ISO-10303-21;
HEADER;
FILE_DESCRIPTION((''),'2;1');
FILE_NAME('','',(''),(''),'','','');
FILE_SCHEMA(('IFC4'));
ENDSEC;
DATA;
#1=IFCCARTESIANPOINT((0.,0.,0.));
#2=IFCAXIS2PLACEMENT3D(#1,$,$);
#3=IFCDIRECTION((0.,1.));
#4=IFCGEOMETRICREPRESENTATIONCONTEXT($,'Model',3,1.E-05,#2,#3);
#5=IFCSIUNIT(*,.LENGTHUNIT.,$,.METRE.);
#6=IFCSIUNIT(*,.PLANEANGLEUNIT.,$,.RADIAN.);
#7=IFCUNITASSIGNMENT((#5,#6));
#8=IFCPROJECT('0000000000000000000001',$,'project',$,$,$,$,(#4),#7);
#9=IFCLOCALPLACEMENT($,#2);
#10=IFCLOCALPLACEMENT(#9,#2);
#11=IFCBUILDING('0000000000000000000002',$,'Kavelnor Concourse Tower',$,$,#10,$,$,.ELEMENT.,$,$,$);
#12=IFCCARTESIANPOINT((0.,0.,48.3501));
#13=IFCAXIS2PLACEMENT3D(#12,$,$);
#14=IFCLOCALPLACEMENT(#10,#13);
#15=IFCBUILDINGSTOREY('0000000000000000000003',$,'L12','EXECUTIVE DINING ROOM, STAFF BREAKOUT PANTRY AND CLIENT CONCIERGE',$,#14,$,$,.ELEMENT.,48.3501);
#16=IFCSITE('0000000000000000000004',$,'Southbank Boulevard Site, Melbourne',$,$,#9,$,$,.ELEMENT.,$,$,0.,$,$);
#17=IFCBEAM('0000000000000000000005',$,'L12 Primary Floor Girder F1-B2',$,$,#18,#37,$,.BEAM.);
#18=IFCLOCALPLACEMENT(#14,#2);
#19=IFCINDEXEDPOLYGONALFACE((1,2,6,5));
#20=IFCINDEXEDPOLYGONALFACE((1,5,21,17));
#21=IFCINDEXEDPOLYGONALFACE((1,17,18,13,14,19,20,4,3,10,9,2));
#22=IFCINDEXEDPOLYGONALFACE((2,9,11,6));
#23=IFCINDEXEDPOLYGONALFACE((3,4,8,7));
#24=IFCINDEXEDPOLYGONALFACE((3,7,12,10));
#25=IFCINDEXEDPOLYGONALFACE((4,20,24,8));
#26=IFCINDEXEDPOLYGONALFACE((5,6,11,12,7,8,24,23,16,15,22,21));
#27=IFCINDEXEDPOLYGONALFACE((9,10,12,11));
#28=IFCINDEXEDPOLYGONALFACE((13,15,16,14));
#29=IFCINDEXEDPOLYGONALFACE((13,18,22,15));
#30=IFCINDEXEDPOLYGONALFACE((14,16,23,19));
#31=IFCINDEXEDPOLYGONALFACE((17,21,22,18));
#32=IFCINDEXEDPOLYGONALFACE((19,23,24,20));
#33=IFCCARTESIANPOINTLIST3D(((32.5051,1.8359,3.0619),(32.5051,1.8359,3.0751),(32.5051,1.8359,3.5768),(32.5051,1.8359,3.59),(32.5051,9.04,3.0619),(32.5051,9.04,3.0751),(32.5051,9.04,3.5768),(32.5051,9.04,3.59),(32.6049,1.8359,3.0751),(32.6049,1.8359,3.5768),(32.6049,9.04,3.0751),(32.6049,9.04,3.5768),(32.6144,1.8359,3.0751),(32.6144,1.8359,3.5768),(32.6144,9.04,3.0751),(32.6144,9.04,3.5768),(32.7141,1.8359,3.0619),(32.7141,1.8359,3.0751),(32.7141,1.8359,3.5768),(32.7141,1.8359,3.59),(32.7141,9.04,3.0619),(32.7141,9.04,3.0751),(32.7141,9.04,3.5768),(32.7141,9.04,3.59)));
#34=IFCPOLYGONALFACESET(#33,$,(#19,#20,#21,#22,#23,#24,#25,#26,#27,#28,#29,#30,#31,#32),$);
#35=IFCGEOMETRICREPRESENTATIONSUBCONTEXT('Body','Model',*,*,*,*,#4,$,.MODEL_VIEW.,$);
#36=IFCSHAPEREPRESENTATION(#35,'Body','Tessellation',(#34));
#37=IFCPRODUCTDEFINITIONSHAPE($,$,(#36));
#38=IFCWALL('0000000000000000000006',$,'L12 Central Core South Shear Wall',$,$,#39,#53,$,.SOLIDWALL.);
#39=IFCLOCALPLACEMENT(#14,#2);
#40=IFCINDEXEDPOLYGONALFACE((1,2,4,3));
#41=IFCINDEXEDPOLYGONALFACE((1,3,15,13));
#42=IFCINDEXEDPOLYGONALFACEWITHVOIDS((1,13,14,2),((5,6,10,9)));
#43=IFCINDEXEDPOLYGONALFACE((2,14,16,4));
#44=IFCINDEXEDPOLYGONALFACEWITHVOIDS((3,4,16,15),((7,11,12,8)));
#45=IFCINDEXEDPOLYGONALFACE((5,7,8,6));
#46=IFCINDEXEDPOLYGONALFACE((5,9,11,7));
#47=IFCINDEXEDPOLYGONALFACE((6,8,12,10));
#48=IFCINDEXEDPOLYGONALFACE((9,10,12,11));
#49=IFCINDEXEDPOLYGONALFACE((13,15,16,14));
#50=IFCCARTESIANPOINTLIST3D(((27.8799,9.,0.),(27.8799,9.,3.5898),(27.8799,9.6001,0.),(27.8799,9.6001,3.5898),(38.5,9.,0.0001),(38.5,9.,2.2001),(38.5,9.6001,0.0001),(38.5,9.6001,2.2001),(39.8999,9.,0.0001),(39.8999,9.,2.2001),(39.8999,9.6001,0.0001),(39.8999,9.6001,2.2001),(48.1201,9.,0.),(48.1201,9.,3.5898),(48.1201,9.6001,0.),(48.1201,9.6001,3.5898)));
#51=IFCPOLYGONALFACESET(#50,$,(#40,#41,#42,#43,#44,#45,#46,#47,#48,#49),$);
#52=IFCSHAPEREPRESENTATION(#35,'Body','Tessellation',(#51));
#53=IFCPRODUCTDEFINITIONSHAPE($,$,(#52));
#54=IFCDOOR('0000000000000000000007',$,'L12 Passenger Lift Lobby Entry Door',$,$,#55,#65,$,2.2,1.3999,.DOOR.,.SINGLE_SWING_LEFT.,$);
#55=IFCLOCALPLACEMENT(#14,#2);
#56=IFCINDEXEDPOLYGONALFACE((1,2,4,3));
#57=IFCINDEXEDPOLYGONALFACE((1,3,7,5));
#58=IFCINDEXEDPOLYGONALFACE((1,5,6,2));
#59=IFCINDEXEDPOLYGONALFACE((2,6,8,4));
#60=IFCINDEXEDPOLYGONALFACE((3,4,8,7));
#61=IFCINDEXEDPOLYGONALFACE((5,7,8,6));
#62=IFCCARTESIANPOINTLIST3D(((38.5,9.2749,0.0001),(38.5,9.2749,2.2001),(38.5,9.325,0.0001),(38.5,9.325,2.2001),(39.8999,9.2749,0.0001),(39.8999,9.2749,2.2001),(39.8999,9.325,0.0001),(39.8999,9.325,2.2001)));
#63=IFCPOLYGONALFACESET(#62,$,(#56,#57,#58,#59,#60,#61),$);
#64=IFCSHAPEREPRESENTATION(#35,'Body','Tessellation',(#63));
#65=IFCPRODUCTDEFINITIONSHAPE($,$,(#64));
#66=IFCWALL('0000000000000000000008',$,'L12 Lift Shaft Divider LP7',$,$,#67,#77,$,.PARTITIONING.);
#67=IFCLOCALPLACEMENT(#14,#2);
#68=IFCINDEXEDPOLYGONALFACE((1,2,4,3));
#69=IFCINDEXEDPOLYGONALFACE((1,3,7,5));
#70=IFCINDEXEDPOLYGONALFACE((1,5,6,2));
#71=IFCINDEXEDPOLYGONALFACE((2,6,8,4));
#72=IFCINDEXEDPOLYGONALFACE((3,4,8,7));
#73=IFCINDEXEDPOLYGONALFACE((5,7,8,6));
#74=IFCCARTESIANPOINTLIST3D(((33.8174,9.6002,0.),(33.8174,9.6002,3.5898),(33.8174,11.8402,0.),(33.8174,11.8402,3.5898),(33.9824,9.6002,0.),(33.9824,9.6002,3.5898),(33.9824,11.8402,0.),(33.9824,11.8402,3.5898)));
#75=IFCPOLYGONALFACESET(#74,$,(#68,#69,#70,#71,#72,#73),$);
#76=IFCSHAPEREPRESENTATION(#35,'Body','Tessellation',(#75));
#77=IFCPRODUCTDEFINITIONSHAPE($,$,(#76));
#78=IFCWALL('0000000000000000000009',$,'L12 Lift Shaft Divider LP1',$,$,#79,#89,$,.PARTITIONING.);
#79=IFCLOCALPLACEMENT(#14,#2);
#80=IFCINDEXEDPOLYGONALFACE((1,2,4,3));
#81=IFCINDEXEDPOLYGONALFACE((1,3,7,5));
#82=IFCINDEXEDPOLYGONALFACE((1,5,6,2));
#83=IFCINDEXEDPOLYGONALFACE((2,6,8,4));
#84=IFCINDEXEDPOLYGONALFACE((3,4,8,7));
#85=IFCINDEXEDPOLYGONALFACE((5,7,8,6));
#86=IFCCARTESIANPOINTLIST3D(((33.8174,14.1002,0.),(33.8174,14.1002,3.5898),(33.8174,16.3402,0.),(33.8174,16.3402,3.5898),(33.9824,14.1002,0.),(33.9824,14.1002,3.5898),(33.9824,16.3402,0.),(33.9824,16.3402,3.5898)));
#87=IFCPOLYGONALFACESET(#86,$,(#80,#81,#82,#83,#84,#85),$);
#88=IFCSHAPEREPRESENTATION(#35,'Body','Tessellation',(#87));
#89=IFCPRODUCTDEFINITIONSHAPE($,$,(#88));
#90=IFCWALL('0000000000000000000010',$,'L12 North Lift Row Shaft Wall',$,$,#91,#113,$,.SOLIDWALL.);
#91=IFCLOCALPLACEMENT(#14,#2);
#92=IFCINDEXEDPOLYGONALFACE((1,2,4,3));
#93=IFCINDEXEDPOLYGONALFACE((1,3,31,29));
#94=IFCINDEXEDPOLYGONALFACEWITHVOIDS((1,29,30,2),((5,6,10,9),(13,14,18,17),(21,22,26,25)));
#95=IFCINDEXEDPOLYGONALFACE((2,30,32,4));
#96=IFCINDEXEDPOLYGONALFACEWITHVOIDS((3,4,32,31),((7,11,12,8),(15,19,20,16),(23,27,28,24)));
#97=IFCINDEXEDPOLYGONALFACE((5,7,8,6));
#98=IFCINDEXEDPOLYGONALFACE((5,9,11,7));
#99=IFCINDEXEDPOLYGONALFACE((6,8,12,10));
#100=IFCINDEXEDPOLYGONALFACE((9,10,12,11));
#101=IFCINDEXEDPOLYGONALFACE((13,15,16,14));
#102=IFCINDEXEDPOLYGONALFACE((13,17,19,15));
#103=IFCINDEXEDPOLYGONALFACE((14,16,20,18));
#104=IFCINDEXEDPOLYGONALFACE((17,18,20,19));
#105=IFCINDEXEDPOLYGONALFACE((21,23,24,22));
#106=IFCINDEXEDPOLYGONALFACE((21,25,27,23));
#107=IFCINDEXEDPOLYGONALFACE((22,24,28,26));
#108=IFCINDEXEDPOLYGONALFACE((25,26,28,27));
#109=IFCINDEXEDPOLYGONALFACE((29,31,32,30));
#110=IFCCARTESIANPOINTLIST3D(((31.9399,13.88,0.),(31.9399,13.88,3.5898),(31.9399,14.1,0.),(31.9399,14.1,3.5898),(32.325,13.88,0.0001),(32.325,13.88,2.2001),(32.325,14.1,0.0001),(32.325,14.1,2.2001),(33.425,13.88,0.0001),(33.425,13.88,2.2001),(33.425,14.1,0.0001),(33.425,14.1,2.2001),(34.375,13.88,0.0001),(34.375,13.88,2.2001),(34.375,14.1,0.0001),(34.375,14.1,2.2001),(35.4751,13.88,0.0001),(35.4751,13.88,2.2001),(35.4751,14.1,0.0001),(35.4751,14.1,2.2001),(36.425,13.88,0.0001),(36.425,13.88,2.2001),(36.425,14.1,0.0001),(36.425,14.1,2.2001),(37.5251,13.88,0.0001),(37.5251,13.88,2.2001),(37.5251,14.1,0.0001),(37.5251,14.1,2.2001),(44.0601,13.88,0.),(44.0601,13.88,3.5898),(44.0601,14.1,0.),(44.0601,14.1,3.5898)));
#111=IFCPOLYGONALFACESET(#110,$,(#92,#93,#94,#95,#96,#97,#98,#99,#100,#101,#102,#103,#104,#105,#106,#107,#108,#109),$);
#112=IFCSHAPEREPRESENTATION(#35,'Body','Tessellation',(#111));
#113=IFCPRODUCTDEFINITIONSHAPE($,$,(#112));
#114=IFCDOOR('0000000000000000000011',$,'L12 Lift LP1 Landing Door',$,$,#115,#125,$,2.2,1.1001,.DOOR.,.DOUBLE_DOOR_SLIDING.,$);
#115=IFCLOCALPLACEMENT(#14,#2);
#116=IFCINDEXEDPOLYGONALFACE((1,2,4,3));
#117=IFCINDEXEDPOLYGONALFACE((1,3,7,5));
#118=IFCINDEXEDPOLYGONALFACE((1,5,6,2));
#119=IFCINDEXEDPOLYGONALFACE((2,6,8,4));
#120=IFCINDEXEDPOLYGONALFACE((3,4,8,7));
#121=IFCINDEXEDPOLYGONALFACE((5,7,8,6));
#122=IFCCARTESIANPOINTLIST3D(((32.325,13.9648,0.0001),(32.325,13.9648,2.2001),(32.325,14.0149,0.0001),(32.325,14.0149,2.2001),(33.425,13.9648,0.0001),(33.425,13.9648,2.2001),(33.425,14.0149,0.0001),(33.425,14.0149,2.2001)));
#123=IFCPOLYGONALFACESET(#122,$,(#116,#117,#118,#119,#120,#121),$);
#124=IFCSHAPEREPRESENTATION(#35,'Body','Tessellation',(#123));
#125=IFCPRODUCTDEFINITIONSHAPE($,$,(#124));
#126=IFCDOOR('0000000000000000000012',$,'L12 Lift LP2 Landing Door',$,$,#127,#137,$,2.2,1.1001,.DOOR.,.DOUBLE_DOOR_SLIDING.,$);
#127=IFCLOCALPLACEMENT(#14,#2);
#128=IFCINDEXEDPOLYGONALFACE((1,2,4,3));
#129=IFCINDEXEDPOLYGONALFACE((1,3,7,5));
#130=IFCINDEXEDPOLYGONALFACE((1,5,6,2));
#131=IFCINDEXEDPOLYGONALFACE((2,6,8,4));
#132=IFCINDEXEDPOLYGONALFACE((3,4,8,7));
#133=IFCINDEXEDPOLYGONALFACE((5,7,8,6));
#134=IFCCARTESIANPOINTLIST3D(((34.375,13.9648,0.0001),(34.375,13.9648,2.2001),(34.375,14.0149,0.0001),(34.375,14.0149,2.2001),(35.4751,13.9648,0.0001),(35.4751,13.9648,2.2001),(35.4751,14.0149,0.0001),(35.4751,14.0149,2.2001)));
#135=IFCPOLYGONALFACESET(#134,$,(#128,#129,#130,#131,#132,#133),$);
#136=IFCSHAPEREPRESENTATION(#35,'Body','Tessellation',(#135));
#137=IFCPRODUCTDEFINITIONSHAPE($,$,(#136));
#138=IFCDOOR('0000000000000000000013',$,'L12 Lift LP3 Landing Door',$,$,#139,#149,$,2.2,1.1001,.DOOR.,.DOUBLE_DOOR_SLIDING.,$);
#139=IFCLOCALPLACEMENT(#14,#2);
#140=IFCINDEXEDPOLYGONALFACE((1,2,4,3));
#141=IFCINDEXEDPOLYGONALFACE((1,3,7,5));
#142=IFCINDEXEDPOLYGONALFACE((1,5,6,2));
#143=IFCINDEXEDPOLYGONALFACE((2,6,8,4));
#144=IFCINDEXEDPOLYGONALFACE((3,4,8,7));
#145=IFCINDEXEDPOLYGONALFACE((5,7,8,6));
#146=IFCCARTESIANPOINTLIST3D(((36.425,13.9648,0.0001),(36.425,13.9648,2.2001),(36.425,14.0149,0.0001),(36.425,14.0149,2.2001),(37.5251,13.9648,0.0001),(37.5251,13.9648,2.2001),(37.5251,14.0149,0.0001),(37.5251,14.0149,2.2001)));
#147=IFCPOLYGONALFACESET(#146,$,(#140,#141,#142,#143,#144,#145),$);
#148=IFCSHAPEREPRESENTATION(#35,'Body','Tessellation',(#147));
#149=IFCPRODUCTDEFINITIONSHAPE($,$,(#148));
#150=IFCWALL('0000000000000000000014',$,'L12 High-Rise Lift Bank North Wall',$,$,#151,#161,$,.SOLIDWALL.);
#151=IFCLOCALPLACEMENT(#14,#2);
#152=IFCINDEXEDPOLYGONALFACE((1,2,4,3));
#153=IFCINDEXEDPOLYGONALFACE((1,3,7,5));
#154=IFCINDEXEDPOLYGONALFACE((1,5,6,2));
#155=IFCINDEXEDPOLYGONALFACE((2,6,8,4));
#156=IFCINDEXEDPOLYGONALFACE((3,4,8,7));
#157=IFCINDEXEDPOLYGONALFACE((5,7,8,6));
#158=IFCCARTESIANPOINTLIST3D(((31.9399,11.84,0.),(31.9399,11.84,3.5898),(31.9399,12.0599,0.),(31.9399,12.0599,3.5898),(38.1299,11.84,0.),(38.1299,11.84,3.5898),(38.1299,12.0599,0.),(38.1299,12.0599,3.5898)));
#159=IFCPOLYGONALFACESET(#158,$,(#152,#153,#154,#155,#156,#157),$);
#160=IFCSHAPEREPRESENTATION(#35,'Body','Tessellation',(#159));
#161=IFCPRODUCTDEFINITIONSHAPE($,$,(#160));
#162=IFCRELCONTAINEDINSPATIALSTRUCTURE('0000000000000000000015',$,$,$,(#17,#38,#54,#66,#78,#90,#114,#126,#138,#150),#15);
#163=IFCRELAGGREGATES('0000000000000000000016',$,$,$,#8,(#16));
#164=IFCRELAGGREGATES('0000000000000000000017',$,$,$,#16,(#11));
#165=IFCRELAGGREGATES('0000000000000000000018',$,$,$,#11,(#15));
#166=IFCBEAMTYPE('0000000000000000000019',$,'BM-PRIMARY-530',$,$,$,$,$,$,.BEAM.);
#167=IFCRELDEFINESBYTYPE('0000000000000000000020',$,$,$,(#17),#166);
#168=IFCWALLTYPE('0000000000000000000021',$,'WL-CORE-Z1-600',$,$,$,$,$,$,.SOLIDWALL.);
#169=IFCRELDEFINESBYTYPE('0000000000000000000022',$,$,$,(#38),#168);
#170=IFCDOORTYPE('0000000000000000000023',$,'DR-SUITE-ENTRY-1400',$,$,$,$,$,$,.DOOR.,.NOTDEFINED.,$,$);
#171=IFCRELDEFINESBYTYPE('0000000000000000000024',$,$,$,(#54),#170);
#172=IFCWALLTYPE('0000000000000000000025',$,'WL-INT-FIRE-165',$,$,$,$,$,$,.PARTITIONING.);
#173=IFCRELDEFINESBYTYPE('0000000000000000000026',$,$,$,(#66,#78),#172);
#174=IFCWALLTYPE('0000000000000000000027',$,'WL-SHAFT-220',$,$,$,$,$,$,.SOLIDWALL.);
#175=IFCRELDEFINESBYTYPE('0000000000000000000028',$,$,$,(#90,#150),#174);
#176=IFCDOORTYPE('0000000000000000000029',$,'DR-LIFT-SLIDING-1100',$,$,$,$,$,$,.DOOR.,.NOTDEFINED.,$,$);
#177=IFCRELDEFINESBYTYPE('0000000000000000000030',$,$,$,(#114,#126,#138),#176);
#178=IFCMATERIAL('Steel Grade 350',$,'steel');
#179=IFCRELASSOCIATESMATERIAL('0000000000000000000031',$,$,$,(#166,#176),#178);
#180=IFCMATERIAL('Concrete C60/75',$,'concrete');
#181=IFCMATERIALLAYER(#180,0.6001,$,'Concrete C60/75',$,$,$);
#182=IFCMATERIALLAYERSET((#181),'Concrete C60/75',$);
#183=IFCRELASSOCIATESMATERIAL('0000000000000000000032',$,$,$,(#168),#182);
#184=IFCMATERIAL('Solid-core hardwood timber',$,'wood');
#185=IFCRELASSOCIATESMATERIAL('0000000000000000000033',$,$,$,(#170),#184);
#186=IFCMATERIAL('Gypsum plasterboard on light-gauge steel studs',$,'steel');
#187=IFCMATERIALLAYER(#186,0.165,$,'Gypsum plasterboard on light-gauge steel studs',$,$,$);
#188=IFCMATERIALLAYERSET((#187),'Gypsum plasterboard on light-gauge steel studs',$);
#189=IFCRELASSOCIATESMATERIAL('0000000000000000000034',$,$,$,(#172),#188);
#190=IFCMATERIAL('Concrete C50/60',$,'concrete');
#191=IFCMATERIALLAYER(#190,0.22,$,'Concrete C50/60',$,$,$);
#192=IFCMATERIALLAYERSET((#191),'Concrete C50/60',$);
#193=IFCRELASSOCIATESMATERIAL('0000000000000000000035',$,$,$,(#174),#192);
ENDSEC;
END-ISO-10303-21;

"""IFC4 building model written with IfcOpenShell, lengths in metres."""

from ifc_helpers import new_model, si_unit, direction, frame, frame_2d, origin, origin_2d, place, context, subcontext, project, spatial, rectangle, i_section, extrude, material, layer, layer_set, material_profile, profile_set, type_object, element, fill, save


model = new_model("IFC4")

# Units and contexts
model_context = context("Model", 3, precision=1e-05, world=origin(), true_north=direction((0.0, 1.0)))
body_context = subcontext(model_context, "Body", "Model", "MODEL_VIEW")
ifc_project = project(units=[si_unit("LENGTHUNIT", "METRE"), si_unit("PLANEANGLEUNIT", "RADIAN")], contexts=[model_context])

# Site, building, storey
site_placement = place(None, origin())
site = spatial("IfcSite", under=ifc_project, at=site_placement, Name="Southbank Boulevard Site, Melbourne", CompositionType="ELEMENT", RefElevation=0.0)
building_placement = place(site_placement, origin())
building = spatial("IfcBuilding", under=site, at=building_placement, Name="Kavelnor Concourse Tower", CompositionType="ELEMENT")
storey_placement = place(building_placement, frame((0.0, 0.0, 48.3501)))
storey = spatial("IfcBuildingStorey", under=building, at=storey_placement, Name="L12", Description="EXECUTIVE DINING ROOM, STAFF BREAKOUT PANTRY AND CLIENT CONCIERGE", CompositionType="ELEMENT", Elevation=48.3501)

# Beam
ifc_material_1 = material(Name="Steel Grade 350", Category="steel")
ifc_material_profile = material_profile(ifc_material_1, i_section(OverallWidth=0.209, OverallDepth=0.5281, WebThickness=0.0095, FlangeThickness=0.0132, at=origin_2d()), Name="530UB82")
ifc_profile_set = profile_set([ifc_material_profile], Name="Steel Grade 350")
beam_type = type_object("IfcBeamType", Name="BM-PRIMARY-530", PredefinedType="BEAM", material=ifc_profile_set)
beam_placement = place(storey_placement, frame((32.6096, 9.04, 3.3259), z_axis=(0.0, -1.0, 0.0), x_axis=(1.0, 0.0, 0.0)))
element("IfcBeam", 1, at=beam_placement, inside=storey, type_object=beam_type, Name="L12 Primary Floor Girder F1-B2", PredefinedType="BEAM", context=body_context, shape_type="SweptSolid", body=[
    extrude(i_section(OverallWidth=0.209, OverallDepth=0.5281, WebThickness=0.0095, FlangeThickness=0.0132, at=origin_2d()), origin(), (0.0, 0.0, 1.0), 7.2041),
])

# Wall, opening, door
ifc_material_2 = material(Name="Concrete C60/75", Category="concrete")
ifc_layer_1 = layer(ifc_material_2, 0.6001, Name="Concrete C60/75")
ifc_layer_set_1 = layer_set([ifc_layer_1], Name="Concrete C60/75")
wall_type_1 = type_object("IfcWallType", Name="WL-CORE-Z1-600", PredefinedType="SOLIDWALL", material=ifc_layer_set_1)
wall_1_placement = place(storey_placement, frame((27.8799, 9.3, 0.0), z_axis=(0.0, 0.0, 1.0), x_axis=(1.0, 0.0, 0.0)))
wall_1 = element("IfcWall", 2, at=wall_1_placement, inside=storey, type_object=wall_type_1, Name="L12 Central Core South Shear Wall", PredefinedType="SOLIDWALL", context=body_context, shape_type="SweptSolid", body=[
    extrude(rectangle(XDim=20.2402, YDim=0.6001, at=frame_2d((10.1201, 0.0))), origin(), (0.0, 0.0, 1.0), 3.5898),
])
opening_1_placement = place(wall_1_placement, frame((10.6201, 0.0, 0.0)))
opening_1 = element("IfcOpeningElement", 3, at=opening_1_placement, cuts=wall_1, PredefinedType="OPENING", context=body_context, shape_type="SweptSolid", body=[
    extrude(rectangle(XDim=1.3999, YDim=2.2, at=frame_2d((0.7, 1.1001))), frame((0.0, 0.3101, 0.0), z_axis=(0.0, -1.0, 0.0), x_axis=(1.0, 0.0, 0.0)), (0.0, 0.0, 1.0), 0.6201),
])
ifc_material_3 = material(Name="Solid-core hardwood timber", Category="wood")
door_type_1 = type_object("IfcDoorType", Name="DR-SUITE-ENTRY-1400", OperationType="NOTDEFINED", PredefinedType="DOOR", material=ifc_material_3)
door_1_placement = place(opening_1_placement, origin())
door_1 = element("IfcDoor", 4, at=door_1_placement, inside=storey, type_object=door_type_1, Name="L12 Passenger Lift Lobby Entry Door", OperationType="SINGLE_SWING_LEFT", OverallHeight=2.2, OverallWidth=1.3999, PredefinedType="DOOR", context=body_context, shape_type="SweptSolid", body=[
    extrude(rectangle(XDim=1.3999, YDim=2.2, at=frame_2d((0.7, 1.1001))), frame((0.0, 0.0249, 0.0), z_axis=(0.0, -1.0, 0.0), x_axis=(1.0, 0.0, 0.0)), (0.0, 0.0, 1.0), 0.05),
])
fill(opening_1, door_1)

# Walls
ifc_material_4 = material(Name="Gypsum plasterboard on light-gauge steel studs", Category="steel")
ifc_layer_2 = layer(ifc_material_4, 0.165, Name="Gypsum plasterboard on light-gauge steel studs")
ifc_layer_set_2 = layer_set([ifc_layer_2], Name="Gypsum plasterboard on light-gauge steel studs")
wall_type_2 = type_object("IfcWallType", Name="WL-INT-FIRE-165", PredefinedType="PARTITIONING", material=ifc_layer_set_2)
for number, where, z_axis, x_axis, name in (
    (5, (33.8999, 9.6001, 0.0), (0.0, 0.0, 1.0), (0.0, 1.0, 0.0), "L12 Lift Shaft Divider LP7"),
    (6, (33.8999, 14.1001, 0.0), (0.0, 0.0, 1.0), (0.0, 1.0, 0.0), "L12 Lift Shaft Divider LP1"),
):
    element("IfcWall", number, at=place(storey_placement, frame(where, z_axis=z_axis, x_axis=x_axis)), inside=storey, type_object=wall_type_2, Name=name, PredefinedType="PARTITIONING", context=body_context, shape_type="SweptSolid", body=[
        extrude(rectangle(XDim=2.24, YDim=0.165, at=frame_2d((1.1201, 0.0))), origin(), (0.0, 0.0, 1.0), 3.5898),
    ])

# Wall, openings, doors
ifc_material_5 = material(Name="Concrete C50/60", Category="concrete")
ifc_layer_3 = layer(ifc_material_5, 0.22, Name="Concrete C50/60")
ifc_layer_set_3 = layer_set([ifc_layer_3], Name="Concrete C50/60")
wall_type_3 = type_object("IfcWallType", Name="WL-SHAFT-220", PredefinedType="SOLIDWALL", material=ifc_layer_set_3)
wall_2_placement = place(storey_placement, frame((31.9399, 13.99, 0.0), z_axis=(0.0, 0.0, 1.0), x_axis=(1.0, 0.0, 0.0)))
wall_2 = element("IfcWall", 7, at=wall_2_placement, inside=storey, type_object=wall_type_3, Name="L12 North Lift Row Shaft Wall", PredefinedType="SOLIDWALL", context=body_context, shape_type="SweptSolid", body=[
    extrude(rectangle(XDim=12.1201, YDim=0.22, at=frame_2d((6.0601, 0.0))), origin(), (0.0, 0.0, 1.0), 3.5898),
])
opening_2_placement = place(wall_2_placement, frame((0.385, 0.0, 0.0)))
opening_2 = element("IfcOpeningElement", 8, at=opening_2_placement, cuts=wall_2, PredefinedType="OPENING", context=body_context, shape_type="SweptSolid", body=[
    extrude(rectangle(XDim=1.1001, YDim=2.2, at=frame_2d((0.55, 1.1001))), frame((0.0, 0.1201, 0.0), z_axis=(0.0, -1.0, 0.0), x_axis=(1.0, 0.0, 0.0)), (0.0, 0.0, 1.0), 0.24),
])
opening_3_placement = place(wall_2_placement, frame((2.4351, 0.0, 0.0)))
opening_3 = element("IfcOpeningElement", 9, at=opening_3_placement, cuts=wall_2, PredefinedType="OPENING", context=body_context, shape_type="SweptSolid", body=[
    extrude(rectangle(XDim=1.1001, YDim=2.2, at=frame_2d((0.55, 1.1001))), frame((0.0, 0.1201, 0.0), z_axis=(0.0, -1.0, 0.0), x_axis=(1.0, 0.0, 0.0)), (0.0, 0.0, 1.0), 0.24),
])
opening_4_placement = place(wall_2_placement, frame((4.4851, 0.0, 0.0)))
opening_4 = element("IfcOpeningElement", 10, at=opening_4_placement, cuts=wall_2, PredefinedType="OPENING", context=body_context, shape_type="SweptSolid", body=[
    extrude(rectangle(XDim=1.1001, YDim=2.2, at=frame_2d((0.55, 1.1001))), frame((0.0, 0.1201, 0.0), z_axis=(0.0, -1.0, 0.0), x_axis=(1.0, 0.0, 0.0)), (0.0, 0.0, 1.0), 0.24),
])
door_type_2 = type_object("IfcDoorType", Name="DR-LIFT-SLIDING-1100", OperationType="NOTDEFINED", PredefinedType="DOOR", material=ifc_material_1)
door_2_placement = place(opening_2_placement, origin())
door_2 = element("IfcDoor", 11, at=door_2_placement, inside=storey, type_object=door_type_2, Name="L12 Lift LP1 Landing Door", OperationType="DOUBLE_DOOR_SLIDING", OverallHeight=2.2, OverallWidth=1.1001, PredefinedType="DOOR", context=body_context, shape_type="SweptSolid", body=[
    extrude(rectangle(XDim=1.1001, YDim=2.2, at=frame_2d((0.55, 1.1001))), frame((0.0, 0.0249, 0.0), z_axis=(0.0, -1.0, 0.0), x_axis=(1.0, 0.0, 0.0)), (0.0, 0.0, 1.0), 0.05),
])
fill(opening_2, door_2)
door_3_placement = place(opening_3_placement, origin())
door_3 = element("IfcDoor", 12, at=door_3_placement, inside=storey, type_object=door_type_2, Name="L12 Lift LP2 Landing Door", OperationType="DOUBLE_DOOR_SLIDING", OverallHeight=2.2, OverallWidth=1.1001, PredefinedType="DOOR", context=body_context, shape_type="SweptSolid", body=[
    extrude(rectangle(XDim=1.1001, YDim=2.2, at=frame_2d((0.55, 1.1001))), frame((0.0, 0.0249, 0.0), z_axis=(0.0, -1.0, 0.0), x_axis=(1.0, 0.0, 0.0)), (0.0, 0.0, 1.0), 0.05),
])
fill(opening_3, door_3)
door_4_placement = place(opening_4_placement, origin())
door_4 = element("IfcDoor", 13, at=door_4_placement, inside=storey, type_object=door_type_2, Name="L12 Lift LP3 Landing Door", OperationType="DOUBLE_DOOR_SLIDING", OverallHeight=2.2, OverallWidth=1.1001, PredefinedType="DOOR", context=body_context, shape_type="SweptSolid", body=[
    extrude(rectangle(XDim=1.1001, YDim=2.2, at=frame_2d((0.55, 1.1001))), frame((0.0, 0.0249, 0.0), z_axis=(0.0, -1.0, 0.0), x_axis=(1.0, 0.0, 0.0)), (0.0, 0.0, 1.0), 0.05),
])
fill(opening_4, door_4)

# Wall
wall_3_placement = place(storey_placement, frame((31.9399, 11.95, 0.0), z_axis=(0.0, 0.0, 1.0), x_axis=(1.0, 0.0, 0.0)))
element("IfcWall", 14, at=wall_3_placement, inside=storey, type_object=wall_type_3, Name="L12 High-Rise Lift Bank North Wall", PredefinedType="SOLIDWALL", context=body_context, shape_type="SweptSolid", body=[
    extrude(rectangle(XDim=6.1899, YDim=0.22, at=frame_2d((3.095, 0.0))), origin(), (0.0, 0.0, 1.0), 3.5898),
])

save(model, "model.ifc")
